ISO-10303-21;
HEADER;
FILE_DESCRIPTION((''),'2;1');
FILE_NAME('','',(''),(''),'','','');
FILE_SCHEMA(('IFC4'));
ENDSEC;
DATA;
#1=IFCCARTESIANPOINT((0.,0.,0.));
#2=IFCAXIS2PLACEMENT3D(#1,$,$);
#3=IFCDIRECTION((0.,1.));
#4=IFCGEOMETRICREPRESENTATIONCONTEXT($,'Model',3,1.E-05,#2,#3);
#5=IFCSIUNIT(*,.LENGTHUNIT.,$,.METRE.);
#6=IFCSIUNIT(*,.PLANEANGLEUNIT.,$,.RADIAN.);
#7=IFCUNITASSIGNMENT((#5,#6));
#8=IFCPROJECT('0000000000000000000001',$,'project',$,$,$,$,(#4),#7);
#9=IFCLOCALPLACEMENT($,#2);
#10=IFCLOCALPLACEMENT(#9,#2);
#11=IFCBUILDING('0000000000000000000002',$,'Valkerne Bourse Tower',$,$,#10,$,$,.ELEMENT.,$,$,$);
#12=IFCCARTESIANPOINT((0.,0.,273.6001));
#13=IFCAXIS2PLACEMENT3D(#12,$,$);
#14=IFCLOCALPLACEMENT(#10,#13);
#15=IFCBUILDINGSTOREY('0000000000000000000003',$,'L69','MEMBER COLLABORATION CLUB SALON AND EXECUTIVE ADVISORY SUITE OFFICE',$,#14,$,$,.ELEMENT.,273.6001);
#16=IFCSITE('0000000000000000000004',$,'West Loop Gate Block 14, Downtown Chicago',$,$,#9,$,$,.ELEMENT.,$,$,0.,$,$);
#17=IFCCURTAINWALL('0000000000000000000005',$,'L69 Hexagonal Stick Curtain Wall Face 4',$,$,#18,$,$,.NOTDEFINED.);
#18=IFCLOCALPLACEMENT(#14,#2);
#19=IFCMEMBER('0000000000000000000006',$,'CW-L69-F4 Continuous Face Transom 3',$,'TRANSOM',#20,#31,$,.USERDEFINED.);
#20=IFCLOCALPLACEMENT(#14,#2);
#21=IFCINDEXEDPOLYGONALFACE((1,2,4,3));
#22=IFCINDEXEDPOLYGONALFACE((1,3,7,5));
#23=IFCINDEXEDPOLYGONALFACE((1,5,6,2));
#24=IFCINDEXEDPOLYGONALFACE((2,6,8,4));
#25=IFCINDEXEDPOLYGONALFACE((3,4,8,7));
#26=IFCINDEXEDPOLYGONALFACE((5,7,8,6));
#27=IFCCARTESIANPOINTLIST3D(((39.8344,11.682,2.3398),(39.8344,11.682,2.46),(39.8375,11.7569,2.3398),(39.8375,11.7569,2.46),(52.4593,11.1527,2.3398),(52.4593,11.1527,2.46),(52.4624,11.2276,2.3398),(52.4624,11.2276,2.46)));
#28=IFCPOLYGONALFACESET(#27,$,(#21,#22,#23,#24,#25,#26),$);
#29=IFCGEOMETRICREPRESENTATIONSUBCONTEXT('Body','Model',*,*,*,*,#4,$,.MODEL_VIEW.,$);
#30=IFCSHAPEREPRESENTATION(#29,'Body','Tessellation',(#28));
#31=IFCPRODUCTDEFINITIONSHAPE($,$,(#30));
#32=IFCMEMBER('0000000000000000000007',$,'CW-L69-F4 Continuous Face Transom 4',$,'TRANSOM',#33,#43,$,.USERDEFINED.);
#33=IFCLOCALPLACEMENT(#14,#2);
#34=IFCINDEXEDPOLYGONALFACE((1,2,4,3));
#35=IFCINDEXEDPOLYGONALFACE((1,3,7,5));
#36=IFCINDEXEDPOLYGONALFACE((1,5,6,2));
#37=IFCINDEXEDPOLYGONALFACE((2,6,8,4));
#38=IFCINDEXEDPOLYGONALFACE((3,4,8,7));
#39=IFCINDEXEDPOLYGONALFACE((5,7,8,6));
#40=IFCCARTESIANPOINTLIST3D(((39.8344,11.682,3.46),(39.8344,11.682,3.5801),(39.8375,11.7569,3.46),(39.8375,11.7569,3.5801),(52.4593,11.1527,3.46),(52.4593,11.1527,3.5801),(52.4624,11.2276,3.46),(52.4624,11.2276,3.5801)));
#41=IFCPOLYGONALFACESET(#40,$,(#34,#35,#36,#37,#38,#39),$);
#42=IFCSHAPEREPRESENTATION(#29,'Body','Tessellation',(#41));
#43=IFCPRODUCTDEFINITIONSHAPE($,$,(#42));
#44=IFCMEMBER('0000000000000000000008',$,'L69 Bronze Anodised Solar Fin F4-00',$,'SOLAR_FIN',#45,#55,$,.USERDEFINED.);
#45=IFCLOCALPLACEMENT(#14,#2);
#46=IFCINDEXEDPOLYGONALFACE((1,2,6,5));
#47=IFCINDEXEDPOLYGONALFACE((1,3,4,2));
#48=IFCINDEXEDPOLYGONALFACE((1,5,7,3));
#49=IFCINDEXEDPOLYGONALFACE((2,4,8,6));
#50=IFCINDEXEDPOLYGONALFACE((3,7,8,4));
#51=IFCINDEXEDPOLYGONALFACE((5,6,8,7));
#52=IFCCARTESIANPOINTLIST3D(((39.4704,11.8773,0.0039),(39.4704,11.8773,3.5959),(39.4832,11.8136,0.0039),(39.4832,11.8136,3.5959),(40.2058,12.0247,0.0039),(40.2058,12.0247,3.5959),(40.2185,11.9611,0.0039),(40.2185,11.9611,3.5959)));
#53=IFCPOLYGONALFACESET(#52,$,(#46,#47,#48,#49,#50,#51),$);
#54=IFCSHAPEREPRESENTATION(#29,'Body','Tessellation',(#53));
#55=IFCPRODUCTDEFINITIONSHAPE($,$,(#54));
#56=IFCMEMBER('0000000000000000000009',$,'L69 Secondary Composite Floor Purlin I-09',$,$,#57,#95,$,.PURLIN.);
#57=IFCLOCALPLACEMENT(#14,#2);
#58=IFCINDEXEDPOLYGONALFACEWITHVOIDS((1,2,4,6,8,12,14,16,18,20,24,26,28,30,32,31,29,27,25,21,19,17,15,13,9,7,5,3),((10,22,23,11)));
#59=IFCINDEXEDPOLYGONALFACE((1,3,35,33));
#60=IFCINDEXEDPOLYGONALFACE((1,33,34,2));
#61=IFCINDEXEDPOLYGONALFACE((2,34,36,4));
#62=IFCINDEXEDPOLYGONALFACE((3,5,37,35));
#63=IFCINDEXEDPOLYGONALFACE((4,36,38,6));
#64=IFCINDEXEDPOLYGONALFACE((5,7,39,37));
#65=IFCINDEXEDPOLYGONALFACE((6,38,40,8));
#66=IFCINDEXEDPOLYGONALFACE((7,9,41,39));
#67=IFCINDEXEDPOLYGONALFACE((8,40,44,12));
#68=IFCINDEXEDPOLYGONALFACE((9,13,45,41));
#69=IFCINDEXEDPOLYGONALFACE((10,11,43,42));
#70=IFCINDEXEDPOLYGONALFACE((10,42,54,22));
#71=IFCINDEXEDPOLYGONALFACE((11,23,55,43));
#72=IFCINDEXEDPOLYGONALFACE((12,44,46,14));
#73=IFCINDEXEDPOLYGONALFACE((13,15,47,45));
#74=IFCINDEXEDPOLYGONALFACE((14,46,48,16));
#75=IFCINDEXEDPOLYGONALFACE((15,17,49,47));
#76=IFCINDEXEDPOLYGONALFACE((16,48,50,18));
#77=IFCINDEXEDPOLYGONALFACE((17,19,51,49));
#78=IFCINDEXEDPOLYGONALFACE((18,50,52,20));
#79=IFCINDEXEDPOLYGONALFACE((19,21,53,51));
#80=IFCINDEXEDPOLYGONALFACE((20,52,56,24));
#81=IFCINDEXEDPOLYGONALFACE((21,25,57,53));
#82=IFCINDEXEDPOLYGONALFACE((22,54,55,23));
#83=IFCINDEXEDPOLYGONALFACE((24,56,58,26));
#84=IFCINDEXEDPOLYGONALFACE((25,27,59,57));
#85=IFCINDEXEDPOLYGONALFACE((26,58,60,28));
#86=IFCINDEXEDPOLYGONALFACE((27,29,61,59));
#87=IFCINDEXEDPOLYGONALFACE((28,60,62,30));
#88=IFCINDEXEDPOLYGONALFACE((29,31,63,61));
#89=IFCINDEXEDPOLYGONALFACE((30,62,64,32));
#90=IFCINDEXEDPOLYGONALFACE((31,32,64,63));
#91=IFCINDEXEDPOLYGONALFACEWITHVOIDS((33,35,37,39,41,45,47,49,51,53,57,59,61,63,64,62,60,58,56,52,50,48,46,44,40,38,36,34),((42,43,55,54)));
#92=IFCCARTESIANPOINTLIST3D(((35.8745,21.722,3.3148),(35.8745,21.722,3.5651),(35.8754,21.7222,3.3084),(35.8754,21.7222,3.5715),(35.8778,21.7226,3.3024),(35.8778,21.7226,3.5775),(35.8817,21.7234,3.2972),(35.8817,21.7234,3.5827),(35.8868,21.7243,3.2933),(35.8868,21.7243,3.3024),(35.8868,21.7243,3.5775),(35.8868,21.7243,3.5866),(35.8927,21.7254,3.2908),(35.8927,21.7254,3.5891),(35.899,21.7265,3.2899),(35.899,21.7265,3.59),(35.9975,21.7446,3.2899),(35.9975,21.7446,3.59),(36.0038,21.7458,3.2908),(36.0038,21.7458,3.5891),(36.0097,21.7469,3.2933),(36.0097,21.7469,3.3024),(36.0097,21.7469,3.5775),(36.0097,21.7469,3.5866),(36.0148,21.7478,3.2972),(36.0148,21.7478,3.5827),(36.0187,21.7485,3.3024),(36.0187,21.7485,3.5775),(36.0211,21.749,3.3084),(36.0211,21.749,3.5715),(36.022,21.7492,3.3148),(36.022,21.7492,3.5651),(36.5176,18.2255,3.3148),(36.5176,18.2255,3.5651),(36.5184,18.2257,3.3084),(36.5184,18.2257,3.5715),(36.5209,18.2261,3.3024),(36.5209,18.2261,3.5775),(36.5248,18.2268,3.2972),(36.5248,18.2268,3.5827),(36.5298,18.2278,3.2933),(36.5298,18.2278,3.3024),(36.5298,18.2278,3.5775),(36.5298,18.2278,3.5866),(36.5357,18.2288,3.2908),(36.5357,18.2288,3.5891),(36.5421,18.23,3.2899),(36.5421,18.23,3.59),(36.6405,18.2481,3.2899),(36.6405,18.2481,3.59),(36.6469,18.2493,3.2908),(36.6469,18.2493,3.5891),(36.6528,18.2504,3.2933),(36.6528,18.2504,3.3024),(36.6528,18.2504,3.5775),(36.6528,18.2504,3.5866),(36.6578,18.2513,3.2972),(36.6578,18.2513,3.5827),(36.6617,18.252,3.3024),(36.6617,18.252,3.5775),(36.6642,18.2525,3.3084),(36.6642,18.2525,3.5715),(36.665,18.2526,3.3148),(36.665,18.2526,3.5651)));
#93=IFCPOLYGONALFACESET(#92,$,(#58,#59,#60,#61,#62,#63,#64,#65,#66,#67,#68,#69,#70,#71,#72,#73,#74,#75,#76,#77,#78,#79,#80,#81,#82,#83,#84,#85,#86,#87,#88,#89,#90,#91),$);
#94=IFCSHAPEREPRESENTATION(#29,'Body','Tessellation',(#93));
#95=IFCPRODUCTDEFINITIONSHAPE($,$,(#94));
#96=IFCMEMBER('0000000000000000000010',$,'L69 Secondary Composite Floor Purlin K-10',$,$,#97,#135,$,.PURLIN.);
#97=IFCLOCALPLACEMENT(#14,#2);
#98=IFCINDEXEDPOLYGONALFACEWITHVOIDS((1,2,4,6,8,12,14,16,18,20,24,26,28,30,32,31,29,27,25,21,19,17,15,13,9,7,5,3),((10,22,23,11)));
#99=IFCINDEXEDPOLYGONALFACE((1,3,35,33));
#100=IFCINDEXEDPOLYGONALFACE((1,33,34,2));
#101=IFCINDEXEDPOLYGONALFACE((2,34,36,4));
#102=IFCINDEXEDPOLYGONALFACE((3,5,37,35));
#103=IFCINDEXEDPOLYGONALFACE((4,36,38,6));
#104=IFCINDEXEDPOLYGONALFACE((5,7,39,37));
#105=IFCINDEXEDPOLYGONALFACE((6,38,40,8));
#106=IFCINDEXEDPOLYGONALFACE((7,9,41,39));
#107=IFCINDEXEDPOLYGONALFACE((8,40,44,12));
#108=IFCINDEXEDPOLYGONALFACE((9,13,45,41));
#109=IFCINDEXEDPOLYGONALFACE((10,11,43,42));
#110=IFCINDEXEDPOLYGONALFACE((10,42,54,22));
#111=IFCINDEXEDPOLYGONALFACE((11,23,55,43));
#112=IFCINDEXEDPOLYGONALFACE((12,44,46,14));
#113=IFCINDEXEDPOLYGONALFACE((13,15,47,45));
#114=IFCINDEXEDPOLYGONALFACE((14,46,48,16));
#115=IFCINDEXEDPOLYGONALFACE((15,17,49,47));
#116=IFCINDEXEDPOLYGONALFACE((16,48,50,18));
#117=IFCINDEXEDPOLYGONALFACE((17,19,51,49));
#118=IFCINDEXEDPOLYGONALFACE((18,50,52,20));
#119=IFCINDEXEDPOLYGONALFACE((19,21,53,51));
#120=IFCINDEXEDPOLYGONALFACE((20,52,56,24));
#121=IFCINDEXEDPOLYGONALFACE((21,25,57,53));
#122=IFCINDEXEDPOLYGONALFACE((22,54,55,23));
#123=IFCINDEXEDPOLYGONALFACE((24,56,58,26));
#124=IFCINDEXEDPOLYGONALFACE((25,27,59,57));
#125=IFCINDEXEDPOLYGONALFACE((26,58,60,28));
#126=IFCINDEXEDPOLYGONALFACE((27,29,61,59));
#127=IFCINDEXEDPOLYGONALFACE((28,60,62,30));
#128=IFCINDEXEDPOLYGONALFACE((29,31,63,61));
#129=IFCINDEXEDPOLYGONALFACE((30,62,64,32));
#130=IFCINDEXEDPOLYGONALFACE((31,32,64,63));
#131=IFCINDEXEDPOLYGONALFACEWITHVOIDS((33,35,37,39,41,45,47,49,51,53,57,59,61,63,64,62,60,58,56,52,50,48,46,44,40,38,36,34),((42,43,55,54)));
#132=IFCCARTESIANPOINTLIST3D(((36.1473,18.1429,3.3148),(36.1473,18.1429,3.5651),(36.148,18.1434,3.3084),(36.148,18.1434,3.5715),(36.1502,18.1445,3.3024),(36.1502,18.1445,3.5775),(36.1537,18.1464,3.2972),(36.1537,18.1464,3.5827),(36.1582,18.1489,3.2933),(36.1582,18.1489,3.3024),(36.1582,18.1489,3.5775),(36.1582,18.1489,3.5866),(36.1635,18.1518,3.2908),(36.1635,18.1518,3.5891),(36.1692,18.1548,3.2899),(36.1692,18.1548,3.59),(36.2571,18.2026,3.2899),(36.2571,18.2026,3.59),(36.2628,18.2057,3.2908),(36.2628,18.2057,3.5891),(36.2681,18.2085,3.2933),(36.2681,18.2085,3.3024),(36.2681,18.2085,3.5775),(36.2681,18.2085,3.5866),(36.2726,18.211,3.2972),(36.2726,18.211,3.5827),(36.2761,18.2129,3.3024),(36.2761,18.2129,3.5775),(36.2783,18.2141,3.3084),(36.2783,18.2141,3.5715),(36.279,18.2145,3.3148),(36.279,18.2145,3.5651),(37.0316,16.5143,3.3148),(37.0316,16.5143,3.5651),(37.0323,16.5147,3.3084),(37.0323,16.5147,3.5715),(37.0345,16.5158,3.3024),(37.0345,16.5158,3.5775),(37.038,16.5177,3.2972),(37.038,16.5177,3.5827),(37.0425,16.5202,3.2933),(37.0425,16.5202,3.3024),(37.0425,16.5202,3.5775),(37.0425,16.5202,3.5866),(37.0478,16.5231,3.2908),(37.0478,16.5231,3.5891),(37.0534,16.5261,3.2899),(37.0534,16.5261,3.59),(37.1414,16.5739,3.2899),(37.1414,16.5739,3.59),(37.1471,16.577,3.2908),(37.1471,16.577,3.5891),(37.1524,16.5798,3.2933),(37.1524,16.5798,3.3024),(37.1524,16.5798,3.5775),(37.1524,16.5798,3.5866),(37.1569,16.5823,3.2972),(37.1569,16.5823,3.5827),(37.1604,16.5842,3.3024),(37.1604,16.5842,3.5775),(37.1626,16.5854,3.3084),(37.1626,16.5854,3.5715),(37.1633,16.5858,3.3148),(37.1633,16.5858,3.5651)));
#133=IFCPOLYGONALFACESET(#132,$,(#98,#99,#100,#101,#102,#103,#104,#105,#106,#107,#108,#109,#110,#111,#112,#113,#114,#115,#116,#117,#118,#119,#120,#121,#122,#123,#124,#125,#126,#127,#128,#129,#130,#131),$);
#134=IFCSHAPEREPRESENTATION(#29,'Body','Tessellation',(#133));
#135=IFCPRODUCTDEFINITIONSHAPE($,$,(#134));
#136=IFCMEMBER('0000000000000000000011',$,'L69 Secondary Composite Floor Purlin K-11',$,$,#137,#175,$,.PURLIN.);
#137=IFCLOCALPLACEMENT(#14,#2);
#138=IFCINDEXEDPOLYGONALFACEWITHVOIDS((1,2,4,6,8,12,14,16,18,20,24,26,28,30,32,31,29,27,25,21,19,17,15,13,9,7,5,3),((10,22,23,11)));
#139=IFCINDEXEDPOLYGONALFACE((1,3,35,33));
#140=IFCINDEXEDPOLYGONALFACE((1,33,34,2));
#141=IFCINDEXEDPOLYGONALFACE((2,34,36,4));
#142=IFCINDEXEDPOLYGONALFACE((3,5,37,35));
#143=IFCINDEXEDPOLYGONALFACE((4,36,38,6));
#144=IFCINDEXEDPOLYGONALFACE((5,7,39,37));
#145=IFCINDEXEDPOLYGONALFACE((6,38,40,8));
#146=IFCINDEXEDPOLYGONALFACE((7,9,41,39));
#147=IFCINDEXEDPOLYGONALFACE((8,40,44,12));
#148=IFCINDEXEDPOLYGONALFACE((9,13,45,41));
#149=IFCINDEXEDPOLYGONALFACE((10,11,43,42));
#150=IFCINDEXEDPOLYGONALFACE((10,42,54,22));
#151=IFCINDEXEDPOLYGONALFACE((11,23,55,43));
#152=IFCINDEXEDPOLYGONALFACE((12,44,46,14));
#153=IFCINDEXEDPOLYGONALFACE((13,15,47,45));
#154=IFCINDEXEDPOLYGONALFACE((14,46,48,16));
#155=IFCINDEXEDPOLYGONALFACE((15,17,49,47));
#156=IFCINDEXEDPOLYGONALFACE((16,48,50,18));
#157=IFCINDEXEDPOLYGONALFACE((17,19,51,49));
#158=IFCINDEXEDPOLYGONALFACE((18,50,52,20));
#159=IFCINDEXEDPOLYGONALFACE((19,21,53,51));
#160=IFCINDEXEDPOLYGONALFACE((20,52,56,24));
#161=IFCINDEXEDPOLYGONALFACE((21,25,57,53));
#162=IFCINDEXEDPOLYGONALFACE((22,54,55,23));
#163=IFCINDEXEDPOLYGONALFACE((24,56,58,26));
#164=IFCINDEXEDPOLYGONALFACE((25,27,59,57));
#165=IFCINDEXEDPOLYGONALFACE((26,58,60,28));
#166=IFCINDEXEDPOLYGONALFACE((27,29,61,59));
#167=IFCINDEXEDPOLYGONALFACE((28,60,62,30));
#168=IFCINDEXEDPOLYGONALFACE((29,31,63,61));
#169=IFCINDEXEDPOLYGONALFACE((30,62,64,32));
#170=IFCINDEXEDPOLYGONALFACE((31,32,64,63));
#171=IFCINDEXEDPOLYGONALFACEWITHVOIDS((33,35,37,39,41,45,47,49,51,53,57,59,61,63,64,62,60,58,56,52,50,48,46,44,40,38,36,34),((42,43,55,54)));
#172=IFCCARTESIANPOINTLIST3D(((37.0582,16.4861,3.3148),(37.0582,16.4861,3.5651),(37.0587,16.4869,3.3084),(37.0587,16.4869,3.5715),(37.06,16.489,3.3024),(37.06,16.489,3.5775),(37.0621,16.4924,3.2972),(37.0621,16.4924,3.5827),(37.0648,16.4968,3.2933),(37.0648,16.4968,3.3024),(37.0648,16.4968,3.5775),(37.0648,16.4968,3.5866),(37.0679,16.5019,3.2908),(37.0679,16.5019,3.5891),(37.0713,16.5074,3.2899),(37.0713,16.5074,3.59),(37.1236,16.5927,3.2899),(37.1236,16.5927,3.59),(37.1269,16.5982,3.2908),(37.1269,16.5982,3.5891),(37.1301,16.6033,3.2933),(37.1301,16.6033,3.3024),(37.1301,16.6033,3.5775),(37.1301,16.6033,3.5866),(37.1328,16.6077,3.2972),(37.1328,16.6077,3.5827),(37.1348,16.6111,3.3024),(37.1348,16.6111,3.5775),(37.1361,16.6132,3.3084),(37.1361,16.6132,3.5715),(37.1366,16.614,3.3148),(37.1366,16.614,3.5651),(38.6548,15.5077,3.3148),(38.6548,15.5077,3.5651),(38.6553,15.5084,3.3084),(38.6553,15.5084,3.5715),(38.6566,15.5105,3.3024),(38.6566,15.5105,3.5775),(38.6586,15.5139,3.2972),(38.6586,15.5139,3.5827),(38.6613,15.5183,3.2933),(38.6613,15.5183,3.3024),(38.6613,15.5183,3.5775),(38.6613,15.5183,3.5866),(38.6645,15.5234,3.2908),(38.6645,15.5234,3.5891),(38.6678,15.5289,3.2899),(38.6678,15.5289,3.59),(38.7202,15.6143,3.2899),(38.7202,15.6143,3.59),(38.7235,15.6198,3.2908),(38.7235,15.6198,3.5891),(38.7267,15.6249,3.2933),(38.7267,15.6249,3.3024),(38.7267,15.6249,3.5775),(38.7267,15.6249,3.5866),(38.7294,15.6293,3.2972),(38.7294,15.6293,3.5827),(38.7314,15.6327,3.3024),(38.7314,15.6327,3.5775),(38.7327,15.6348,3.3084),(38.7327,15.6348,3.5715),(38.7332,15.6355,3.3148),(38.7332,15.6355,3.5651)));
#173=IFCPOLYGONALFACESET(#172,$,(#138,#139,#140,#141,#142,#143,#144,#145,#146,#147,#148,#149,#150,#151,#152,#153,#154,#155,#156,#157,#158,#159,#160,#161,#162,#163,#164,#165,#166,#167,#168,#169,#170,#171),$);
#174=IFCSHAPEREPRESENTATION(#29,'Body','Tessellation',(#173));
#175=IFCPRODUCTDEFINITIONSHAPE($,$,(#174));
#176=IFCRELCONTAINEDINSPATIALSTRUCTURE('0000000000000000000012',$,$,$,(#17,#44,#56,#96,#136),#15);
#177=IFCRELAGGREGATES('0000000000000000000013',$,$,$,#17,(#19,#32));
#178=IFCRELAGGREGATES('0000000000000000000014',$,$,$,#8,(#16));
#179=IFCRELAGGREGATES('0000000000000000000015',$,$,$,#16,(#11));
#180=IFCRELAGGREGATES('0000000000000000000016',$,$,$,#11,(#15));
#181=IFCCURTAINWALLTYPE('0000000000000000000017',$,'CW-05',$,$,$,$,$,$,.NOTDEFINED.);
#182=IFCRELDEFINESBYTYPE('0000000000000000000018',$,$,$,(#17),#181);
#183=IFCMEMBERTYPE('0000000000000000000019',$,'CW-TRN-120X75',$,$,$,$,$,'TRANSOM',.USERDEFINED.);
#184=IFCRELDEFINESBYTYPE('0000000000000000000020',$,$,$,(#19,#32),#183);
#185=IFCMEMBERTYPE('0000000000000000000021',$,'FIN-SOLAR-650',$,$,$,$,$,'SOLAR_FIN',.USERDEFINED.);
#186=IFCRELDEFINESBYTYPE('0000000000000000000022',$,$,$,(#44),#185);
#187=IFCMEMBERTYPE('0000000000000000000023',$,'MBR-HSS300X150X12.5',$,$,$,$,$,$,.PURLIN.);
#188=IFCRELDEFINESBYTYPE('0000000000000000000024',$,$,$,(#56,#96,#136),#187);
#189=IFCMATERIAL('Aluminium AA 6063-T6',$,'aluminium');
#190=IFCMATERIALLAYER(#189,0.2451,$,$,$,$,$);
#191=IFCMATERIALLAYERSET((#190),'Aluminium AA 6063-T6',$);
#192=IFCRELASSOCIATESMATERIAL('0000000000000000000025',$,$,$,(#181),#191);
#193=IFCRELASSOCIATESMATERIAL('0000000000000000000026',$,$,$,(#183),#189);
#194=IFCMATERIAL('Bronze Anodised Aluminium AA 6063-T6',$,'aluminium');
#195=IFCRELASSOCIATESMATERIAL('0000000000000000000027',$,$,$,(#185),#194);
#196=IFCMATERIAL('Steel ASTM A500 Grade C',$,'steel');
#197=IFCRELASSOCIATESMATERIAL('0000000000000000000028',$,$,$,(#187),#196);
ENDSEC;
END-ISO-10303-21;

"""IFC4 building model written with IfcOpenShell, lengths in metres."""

from ifc_helpers import new_model, si_unit, direction, frame, origin, origin_2d, place, context, subcontext, project, spatial, rectangle, hollow_rectangle, extrude, material, layer, layer_set, material_profile, profile_set, type_object, element, aggregate, save


model = new_model("IFC4")

# Units and contexts
model_context = context("Model", 3, precision=1e-05, world=origin(), true_north=direction((0.0, 1.0)))
body_context = subcontext(model_context, "Body", "Model", "MODEL_VIEW")
ifc_project = project(units=[si_unit("LENGTHUNIT", "METRE"), si_unit("PLANEANGLEUNIT", "RADIAN")], contexts=[model_context])

# Site, building, storey
site_placement = place(None, origin())
site = spatial("IfcSite", under=ifc_project, at=site_placement, Name="West Loop Gate Block 14, Downtown Chicago", CompositionType="ELEMENT", RefElevation=0.0)
building_placement = place(site_placement, origin())
building = spatial("IfcBuilding", under=site, at=building_placement, Name="Valkerne Bourse Tower", CompositionType="ELEMENT")
storey_placement = place(building_placement, frame((0.0, 0.0, 273.6001)))
storey = spatial("IfcBuildingStorey", under=building, at=storey_placement, Name="L69", Description="MEMBER COLLABORATION CLUB SALON AND EXECUTIVE ADVISORY SUITE OFFICE", CompositionType="ELEMENT", Elevation=273.6001)

# Shared definitions
ifc_material_1 = material(Name="Aluminium AA 6063-T6", Category="aluminium")
ifc_layer_1 = layer(ifc_material_1, 0.2451)
ifc_layer_set_1 = layer_set([ifc_layer_1], Name="Aluminium AA 6063-T6")
curtain_wall_type = type_object("IfcCurtainWallType", Name="CW-05", PredefinedType="NOTDEFINED", material=ifc_layer_set_1)

# Curtain wall, members
curtain_wall_1_placement = place(storey_placement, origin())
curtain_wall_1 = element("IfcCurtainWall", 1, at=curtain_wall_1_placement, inside=storey, type_object=curtain_wall_type, Name="L69 Hexagonal Stick Curtain Wall Face 4", PredefinedType="NOTDEFINED")
ifc_material_profile_1 = material_profile(ifc_material_1, rectangle(XDim=0.075, YDim=0.1201, at=origin_2d()), Name="CWT-75X120")
ifc_profile_set_1 = profile_set([ifc_material_profile_1], Name="Aluminium AA 6063-T6")
member_type_1 = type_object("IfcMemberType", Name="CW-TRN-120X75", ElementType="TRANSOM", PredefinedType="USERDEFINED", material=ifc_profile_set_1)
member_1_placement = place(storey_placement, frame((39.8359, 11.7195, 2.3999), z_axis=(0.999122, -0.041888, 0.0), x_axis=(0.041888, 0.999122, 0.0)))
member_1 = element("IfcMember", 2, at=member_1_placement, type_object=member_type_1, Name="CW-L69-F4 Continuous Face Transom 3", ObjectType="TRANSOM", PredefinedType="USERDEFINED", context=body_context, shape_type="SweptSolid", body=[
    extrude(rectangle(XDim=0.075, YDim=0.1201, at=origin_2d()), origin(), (0.0, 0.0, 1.0), 12.636),
])
member_2_placement = place(storey_placement, frame((39.8359, 11.7195, 3.52), z_axis=(0.999122, -0.041888, 0.0), x_axis=(0.041888, 0.999122, 0.0)))
member_2 = element("IfcMember", 3, at=member_2_placement, type_object=member_type_1, Name="CW-L69-F4 Continuous Face Transom 4", ObjectType="TRANSOM", PredefinedType="USERDEFINED", context=body_context, shape_type="SweptSolid", body=[
    extrude(rectangle(XDim=0.075, YDim=0.1201, at=origin_2d()), origin(), (0.0, 0.0, 1.0), 12.636),
])
aggregate(curtain_wall_1, [member_1, member_2])

# Members
ifc_material_2 = material(Name="Bronze Anodised Aluminium AA 6063-T6", Category="aluminium")
ifc_material_profile_2 = material_profile(ifc_material_2, rectangle(XDim=0.0649, YDim=0.75, at=origin_2d()), Name="FIN-65X750")
ifc_profile_set_2 = profile_set([ifc_material_profile_2], Name="Bronze Anodised Aluminium AA 6063-T6")
member_type_2 = type_object("IfcMemberType", Name="FIN-SOLAR-650", ElementType="SOLAR_FIN", PredefinedType="USERDEFINED", material=ifc_profile_set_2)
member_3_placement = place(storey_placement, frame((39.8445, 11.9192, 0.0039), z_axis=(0.0, 0.0, 1.0), x_axis=(0.196594, -0.980485, 0.0)))
element("IfcMember", 4, at=member_3_placement, inside=storey, type_object=member_type_2, Name="L69 Bronze Anodised Solar Fin F4-00", ObjectType="SOLAR_FIN", PredefinedType="USERDEFINED", context=body_context, shape_type="SweptSolid", body=[
    extrude(rectangle(XDim=0.0649, YDim=0.75, at=origin_2d()), origin(), (0.0, 0.0, 1.0), 3.592),
])
ifc_material_3 = material(Name="Steel ASTM A500 Grade C", Category="steel")
ifc_material_profile_3 = material_profile(ifc_material_3, hollow_rectangle(XDim=0.1499, YDim=0.3, WallThickness=0.0125, OuterFilletRadius=0.0249, at=origin_2d()), Name="HSS300X150X12.5")
ifc_profile_set_3 = profile_set([ifc_material_profile_3], Name="Steel ASTM A500 Grade C")
member_type_3 = type_object("IfcMemberType", Name="MBR-HSS300X150X12.5", PredefinedType="PURLIN", material=ifc_profile_set_3)
member_4_placement = place(storey_placement, frame((35.9482, 21.7356, 3.4399), z_axis=(0.180879, -0.983505, 0.0), x_axis=(0.983505, 0.180879, 0.0)))
element("IfcMember", 5, at=member_4_placement, inside=storey, type_object=member_type_3, Name="L69 Secondary Composite Floor Purlin I-09", PredefinedType="PURLIN", context=body_context, shape_type="SweptSolid", body=[
    extrude(hollow_rectangle(XDim=0.1499, YDim=0.3, WallThickness=0.0125, OuterFilletRadius=0.0249, at=origin_2d()), origin(), (0.0, 0.0, 1.0), 3.5552),
])
member_5_placement = place(storey_placement, frame((36.2131, 18.1787, 3.4399), z_axis=(0.477153, -0.87882, 0.0), x_axis=(0.87882, 0.477153, 0.0)))
element("IfcMember", 6, at=member_5_placement, inside=storey, type_object=member_type_3, Name="L69 Secondary Composite Floor Purlin K-10", PredefinedType="PURLIN", context=body_context, shape_type="SweptSolid", body=[
    extrude(hollow_rectangle(XDim=0.1499, YDim=0.3, WallThickness=0.0125, OuterFilletRadius=0.0249, at=origin_2d()), origin(), (0.0, 0.0, 1.0), 1.8533),
])
member_6_placement = place(storey_placement, frame((37.0974, 16.55, 3.4399), z_axis=(0.852624, -0.522525, 0.0), x_axis=(0.522525, 0.852624, 0.0)))
element("IfcMember", 7, at=member_6_placement, inside=storey, type_object=member_type_3, Name="L69 Secondary Composite Floor Purlin K-11", PredefinedType="PURLIN", context=body_context, shape_type="SweptSolid", body=[
    extrude(hollow_rectangle(XDim=0.1499, YDim=0.3, WallThickness=0.0125, OuterFilletRadius=0.0249, at=origin_2d()), origin(), (0.0, 0.0, 1.0), 1.8726),
])

save(model, "model.ifc")
